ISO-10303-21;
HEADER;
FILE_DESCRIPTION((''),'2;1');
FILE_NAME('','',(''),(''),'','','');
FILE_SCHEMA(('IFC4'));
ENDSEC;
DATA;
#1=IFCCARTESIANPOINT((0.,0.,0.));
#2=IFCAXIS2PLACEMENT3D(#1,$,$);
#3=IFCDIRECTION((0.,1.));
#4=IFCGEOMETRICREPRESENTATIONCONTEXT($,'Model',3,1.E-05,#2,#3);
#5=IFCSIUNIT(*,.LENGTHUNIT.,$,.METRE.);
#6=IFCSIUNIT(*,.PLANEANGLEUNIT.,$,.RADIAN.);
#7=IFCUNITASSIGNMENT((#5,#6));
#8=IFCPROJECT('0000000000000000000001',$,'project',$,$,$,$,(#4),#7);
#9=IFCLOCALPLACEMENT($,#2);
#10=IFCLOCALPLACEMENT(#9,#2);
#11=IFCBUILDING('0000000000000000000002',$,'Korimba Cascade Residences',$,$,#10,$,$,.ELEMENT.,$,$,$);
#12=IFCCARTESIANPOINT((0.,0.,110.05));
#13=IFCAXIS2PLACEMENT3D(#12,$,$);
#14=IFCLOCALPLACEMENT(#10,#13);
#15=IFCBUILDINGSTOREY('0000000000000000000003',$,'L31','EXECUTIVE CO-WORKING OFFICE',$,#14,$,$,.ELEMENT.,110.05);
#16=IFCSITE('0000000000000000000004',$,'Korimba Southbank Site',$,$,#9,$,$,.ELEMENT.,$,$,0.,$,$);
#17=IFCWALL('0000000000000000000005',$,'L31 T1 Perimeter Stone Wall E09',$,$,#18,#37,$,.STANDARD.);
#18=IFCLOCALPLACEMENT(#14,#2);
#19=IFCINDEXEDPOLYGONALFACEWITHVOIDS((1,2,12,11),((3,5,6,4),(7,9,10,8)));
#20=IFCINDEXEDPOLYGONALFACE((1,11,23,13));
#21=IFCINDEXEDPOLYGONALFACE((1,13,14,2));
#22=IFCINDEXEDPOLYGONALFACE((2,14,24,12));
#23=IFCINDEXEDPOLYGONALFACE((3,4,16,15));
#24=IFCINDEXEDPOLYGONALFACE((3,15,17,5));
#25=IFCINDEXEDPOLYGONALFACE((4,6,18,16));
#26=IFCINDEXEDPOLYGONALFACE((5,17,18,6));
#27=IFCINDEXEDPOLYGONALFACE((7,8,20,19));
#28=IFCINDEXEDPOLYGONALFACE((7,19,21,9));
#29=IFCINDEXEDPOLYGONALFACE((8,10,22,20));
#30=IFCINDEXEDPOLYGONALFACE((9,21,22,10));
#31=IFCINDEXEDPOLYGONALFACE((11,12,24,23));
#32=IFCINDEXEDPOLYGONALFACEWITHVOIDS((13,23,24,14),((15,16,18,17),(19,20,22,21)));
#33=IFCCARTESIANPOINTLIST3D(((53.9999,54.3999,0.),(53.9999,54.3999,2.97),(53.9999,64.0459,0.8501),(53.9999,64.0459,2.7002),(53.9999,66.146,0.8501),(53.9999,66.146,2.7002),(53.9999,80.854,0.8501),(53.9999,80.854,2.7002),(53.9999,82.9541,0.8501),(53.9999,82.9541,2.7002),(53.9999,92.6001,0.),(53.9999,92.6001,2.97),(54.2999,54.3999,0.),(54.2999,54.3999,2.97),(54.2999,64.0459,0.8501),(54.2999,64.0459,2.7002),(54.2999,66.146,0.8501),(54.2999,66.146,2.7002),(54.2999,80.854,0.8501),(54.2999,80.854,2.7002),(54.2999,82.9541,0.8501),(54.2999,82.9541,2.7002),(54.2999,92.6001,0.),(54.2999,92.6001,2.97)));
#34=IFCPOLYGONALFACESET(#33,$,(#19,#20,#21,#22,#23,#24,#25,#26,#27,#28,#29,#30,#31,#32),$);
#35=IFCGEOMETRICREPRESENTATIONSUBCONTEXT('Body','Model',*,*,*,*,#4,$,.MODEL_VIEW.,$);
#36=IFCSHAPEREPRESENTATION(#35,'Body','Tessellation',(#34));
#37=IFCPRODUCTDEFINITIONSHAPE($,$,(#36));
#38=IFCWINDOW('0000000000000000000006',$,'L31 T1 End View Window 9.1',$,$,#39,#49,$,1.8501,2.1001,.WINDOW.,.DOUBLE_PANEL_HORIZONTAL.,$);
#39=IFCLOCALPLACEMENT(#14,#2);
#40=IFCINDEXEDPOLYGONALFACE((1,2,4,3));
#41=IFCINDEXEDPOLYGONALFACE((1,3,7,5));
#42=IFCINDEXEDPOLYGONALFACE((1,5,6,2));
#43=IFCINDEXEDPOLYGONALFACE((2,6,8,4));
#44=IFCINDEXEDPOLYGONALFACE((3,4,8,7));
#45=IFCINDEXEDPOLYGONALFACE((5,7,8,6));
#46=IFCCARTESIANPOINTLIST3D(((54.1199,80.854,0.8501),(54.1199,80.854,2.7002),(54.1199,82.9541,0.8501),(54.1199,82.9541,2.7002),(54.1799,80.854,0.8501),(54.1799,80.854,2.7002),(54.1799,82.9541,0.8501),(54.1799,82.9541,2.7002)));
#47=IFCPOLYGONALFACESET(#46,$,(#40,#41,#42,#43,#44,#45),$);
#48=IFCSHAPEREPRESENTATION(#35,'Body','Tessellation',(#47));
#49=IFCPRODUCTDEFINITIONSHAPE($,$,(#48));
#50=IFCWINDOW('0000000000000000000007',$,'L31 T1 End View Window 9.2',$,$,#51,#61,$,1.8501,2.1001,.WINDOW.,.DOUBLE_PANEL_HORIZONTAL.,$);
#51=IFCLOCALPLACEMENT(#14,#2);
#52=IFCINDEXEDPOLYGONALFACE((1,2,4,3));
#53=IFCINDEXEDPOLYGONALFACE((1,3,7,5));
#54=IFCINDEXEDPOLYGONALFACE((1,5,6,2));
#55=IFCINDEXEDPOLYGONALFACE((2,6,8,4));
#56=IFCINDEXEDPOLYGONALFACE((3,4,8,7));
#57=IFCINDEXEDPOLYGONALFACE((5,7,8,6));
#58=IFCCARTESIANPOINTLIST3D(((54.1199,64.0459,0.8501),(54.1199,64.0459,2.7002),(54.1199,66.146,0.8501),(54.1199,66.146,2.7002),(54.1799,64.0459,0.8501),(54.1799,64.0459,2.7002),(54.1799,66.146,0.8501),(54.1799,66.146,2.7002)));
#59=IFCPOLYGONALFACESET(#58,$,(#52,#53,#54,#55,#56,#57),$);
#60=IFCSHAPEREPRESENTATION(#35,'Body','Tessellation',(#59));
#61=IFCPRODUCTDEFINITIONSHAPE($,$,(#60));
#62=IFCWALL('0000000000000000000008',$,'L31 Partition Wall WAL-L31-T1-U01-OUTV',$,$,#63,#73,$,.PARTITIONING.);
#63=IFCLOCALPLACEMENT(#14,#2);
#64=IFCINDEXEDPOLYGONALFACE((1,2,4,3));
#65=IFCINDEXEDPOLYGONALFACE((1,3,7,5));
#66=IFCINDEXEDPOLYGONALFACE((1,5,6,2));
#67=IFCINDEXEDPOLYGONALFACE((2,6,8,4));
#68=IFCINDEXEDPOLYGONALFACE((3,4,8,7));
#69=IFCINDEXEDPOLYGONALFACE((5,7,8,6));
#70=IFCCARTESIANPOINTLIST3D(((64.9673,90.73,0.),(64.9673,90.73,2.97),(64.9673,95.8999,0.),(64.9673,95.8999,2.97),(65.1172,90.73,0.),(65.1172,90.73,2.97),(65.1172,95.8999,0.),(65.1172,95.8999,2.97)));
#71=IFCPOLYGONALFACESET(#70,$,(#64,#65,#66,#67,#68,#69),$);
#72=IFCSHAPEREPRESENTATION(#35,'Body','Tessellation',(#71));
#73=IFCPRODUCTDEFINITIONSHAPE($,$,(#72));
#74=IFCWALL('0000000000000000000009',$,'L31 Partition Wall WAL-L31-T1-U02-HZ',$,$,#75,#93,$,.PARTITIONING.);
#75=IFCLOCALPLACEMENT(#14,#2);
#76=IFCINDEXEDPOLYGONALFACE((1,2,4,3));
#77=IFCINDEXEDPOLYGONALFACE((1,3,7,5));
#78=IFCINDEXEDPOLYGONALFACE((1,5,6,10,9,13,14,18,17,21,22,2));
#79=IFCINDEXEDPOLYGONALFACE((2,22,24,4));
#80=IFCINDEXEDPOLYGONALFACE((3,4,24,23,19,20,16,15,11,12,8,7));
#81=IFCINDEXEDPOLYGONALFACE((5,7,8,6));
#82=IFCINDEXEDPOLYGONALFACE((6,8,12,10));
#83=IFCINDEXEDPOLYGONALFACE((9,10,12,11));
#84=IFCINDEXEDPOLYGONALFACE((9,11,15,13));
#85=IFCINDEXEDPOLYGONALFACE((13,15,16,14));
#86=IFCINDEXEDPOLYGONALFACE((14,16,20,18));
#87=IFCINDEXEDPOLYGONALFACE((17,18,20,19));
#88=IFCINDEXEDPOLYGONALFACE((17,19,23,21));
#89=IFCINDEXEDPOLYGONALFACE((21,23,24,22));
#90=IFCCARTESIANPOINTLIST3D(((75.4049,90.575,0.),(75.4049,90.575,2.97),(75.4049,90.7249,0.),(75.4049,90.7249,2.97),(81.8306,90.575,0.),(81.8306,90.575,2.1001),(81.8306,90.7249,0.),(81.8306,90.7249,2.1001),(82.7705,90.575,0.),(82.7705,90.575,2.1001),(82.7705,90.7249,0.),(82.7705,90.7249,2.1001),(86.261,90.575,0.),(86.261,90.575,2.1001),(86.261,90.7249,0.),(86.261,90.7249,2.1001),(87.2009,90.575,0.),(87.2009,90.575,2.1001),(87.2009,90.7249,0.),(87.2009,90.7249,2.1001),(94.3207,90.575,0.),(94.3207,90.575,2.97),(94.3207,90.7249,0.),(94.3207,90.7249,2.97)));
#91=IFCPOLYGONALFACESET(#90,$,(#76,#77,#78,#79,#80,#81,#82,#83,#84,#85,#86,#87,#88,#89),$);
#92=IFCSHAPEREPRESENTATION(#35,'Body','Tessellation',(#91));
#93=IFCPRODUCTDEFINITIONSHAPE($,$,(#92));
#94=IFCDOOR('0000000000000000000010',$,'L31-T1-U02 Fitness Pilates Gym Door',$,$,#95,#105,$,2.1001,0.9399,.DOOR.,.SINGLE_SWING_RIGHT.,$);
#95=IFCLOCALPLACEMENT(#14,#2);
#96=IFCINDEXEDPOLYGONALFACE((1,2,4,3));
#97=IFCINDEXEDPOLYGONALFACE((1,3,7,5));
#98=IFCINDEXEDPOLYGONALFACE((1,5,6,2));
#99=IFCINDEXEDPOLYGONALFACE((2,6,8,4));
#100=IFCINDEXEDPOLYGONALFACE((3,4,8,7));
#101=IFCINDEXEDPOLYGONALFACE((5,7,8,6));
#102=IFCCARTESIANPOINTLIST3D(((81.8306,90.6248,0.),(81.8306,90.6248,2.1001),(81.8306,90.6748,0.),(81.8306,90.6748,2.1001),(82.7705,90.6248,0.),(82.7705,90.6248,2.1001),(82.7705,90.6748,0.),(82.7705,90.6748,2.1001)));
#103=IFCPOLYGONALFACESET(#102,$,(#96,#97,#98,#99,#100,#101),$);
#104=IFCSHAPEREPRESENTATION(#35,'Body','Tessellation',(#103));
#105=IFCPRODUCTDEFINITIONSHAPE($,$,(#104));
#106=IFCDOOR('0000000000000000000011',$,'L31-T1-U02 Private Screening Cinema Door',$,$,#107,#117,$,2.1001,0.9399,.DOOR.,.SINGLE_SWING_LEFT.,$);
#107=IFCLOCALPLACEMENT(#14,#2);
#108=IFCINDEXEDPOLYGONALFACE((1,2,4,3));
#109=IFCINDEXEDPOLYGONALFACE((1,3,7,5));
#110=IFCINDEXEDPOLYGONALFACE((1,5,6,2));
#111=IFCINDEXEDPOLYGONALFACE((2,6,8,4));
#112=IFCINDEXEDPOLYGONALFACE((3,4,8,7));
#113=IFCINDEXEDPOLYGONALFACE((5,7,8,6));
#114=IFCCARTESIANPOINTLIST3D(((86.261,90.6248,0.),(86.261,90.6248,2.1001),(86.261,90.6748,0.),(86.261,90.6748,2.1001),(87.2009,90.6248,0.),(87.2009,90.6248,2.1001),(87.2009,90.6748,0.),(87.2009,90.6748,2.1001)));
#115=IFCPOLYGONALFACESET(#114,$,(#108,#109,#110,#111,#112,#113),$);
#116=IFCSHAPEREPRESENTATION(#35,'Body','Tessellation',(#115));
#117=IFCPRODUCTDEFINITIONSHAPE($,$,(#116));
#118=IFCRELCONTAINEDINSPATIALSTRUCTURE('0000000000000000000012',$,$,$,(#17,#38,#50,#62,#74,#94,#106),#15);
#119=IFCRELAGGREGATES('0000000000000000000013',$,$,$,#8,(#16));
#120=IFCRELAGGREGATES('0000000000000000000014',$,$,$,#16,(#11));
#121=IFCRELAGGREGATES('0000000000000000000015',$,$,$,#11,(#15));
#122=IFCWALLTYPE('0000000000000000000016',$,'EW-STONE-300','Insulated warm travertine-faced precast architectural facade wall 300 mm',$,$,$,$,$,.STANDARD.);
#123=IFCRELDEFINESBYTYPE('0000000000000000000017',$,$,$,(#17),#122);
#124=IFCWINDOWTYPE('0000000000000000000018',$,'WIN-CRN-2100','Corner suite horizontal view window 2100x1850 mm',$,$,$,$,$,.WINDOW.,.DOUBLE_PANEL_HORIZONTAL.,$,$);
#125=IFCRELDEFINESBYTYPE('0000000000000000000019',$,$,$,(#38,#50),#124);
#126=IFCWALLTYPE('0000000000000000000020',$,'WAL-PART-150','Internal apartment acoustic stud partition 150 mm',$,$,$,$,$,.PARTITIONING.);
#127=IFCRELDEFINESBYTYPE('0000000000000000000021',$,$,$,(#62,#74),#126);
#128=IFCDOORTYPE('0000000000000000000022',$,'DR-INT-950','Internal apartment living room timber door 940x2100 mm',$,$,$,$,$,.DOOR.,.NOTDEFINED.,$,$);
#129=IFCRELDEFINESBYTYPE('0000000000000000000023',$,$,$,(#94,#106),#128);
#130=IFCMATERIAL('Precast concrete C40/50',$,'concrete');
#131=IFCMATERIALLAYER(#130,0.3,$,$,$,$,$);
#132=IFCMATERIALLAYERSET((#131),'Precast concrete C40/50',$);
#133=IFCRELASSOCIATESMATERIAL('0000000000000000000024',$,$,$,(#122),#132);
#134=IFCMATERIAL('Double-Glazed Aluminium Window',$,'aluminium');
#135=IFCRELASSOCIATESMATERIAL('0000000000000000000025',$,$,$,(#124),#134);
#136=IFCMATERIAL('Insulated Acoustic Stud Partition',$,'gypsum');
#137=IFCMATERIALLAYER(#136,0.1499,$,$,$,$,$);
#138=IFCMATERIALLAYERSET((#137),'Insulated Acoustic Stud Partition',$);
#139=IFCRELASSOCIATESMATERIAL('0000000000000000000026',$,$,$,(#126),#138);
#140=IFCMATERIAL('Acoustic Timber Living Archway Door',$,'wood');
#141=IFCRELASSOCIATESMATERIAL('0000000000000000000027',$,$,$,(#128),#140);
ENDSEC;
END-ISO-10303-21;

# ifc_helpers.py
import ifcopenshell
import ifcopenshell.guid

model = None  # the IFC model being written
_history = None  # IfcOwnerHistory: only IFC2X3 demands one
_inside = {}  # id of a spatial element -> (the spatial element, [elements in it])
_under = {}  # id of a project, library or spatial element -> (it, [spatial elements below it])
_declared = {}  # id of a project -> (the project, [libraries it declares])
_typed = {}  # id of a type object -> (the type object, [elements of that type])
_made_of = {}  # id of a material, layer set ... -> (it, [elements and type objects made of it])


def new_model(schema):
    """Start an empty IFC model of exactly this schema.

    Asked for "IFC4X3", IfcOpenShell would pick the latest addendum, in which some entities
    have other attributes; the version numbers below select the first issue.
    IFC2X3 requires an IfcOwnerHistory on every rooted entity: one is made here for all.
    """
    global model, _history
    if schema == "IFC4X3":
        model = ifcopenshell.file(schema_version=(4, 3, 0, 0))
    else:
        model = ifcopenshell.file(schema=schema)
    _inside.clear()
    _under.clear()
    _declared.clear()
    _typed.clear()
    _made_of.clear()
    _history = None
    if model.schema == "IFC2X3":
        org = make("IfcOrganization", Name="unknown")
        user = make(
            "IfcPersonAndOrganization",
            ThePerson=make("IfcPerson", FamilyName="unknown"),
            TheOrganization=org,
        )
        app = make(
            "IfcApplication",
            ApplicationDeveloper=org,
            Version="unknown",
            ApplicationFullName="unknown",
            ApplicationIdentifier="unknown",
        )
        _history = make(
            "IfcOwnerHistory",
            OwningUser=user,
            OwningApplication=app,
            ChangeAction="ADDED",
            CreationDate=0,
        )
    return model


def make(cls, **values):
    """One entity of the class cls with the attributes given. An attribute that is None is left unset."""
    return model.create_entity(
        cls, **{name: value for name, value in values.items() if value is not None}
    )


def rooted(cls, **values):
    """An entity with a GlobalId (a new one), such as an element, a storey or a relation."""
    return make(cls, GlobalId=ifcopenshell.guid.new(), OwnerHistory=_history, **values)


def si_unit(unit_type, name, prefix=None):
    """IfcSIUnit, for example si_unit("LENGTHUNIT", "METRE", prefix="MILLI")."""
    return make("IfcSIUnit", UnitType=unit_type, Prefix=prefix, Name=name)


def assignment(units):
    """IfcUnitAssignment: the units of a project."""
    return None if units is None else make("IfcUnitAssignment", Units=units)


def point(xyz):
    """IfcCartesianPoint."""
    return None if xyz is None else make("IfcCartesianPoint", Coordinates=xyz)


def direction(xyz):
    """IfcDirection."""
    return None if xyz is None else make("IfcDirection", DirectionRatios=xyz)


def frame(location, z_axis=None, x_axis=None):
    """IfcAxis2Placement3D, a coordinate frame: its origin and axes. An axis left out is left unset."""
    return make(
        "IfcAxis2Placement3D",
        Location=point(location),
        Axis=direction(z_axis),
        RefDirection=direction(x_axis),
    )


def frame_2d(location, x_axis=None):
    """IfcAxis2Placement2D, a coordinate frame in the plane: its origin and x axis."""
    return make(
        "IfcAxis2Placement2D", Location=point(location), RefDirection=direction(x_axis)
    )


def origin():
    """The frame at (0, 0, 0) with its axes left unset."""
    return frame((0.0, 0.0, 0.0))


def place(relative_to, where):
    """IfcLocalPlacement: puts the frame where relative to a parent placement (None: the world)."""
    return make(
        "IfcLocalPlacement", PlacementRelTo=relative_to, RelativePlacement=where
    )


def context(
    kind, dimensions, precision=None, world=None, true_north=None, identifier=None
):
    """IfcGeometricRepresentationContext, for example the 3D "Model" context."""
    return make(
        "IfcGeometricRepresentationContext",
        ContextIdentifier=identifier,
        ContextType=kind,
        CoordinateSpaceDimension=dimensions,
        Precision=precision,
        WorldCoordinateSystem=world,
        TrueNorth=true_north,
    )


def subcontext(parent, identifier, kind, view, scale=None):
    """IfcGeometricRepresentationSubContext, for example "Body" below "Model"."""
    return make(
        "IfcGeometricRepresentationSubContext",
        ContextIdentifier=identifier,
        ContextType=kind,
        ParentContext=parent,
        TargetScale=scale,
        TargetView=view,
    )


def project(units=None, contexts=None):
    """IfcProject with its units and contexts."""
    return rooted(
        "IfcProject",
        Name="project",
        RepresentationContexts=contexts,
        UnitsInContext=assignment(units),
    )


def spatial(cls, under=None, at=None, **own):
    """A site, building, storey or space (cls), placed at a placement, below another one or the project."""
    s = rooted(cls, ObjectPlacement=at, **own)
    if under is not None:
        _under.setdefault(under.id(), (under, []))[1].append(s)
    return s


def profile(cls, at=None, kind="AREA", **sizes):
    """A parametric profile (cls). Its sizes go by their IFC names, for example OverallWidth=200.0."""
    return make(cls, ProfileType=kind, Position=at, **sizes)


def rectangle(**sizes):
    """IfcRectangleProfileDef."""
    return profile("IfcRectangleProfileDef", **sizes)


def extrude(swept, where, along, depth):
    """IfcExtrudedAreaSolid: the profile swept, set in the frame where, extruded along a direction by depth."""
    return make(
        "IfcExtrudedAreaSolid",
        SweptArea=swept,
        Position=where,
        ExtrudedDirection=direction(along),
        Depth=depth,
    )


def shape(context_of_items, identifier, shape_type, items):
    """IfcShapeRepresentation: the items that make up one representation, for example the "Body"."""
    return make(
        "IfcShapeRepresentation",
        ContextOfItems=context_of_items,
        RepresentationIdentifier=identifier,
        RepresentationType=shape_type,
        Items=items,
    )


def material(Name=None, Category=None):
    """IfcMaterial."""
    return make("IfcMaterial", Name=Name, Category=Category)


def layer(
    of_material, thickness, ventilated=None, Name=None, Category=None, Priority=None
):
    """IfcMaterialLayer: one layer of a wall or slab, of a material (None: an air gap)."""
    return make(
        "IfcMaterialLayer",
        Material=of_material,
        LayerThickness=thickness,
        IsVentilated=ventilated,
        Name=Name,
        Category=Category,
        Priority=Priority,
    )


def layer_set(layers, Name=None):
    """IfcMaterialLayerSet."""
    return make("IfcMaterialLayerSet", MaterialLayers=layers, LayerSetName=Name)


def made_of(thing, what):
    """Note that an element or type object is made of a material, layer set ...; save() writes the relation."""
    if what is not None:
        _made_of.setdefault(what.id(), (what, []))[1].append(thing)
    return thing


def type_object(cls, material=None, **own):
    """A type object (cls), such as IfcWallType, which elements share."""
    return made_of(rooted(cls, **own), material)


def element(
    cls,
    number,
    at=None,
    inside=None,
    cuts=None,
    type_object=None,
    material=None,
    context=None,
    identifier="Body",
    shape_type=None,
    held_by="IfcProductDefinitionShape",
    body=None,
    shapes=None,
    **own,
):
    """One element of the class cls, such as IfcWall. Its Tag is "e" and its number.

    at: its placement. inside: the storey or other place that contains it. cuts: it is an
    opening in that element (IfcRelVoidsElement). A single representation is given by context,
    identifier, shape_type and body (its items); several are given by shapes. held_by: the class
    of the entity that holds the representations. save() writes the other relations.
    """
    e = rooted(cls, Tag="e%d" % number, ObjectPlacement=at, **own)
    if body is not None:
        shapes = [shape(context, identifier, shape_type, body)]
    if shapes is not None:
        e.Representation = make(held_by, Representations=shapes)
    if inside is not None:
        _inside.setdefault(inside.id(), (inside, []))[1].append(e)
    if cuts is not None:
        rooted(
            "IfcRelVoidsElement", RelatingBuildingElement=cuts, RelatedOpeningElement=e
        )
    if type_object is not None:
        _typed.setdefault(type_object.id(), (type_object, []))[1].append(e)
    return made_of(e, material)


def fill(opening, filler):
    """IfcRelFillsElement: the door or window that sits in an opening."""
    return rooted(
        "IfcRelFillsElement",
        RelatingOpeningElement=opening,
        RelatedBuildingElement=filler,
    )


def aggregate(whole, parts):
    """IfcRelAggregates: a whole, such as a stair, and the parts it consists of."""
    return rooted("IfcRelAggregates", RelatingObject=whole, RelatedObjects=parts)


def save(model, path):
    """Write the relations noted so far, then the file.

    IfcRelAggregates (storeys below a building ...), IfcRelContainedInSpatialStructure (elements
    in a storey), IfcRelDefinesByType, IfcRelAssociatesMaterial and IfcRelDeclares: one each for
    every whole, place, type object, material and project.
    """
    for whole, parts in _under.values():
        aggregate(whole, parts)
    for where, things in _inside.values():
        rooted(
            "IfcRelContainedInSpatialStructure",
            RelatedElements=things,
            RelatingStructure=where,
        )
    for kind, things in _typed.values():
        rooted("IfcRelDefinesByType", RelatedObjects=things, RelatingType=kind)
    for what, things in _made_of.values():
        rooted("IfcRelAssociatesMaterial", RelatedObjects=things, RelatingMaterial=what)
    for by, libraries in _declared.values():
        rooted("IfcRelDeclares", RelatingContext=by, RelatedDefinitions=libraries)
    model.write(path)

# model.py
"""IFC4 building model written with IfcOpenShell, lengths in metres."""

from ifc_helpers import new_model, si_unit, direction, frame, frame_2d, origin, place, context, subcontext, project, spatial, rectangle, extrude, material, layer, layer_set, type_object, element, fill, save


model = new_model("IFC4")

# Units and contexts
model_context = context("Model", 3, precision=1e-05, world=origin(), true_north=direction((0.0, 1.0)))
body_context = subcontext(model_context, "Body", "Model", "MODEL_VIEW")
ifc_project = project(units=[si_unit("LENGTHUNIT", "METRE"), si_unit("PLANEANGLEUNIT", "RADIAN")], contexts=[model_context])

# Site, building, storey
site_placement = place(None, origin())
site = spatial("IfcSite", under=ifc_project, at=site_placement, Name="Korimba Southbank Site", CompositionType="ELEMENT", RefElevation=0.0)
building_placement = place(site_placement, origin())
building = spatial("IfcBuilding", under=site, at=building_placement, Name="Korimba Cascade Residences", CompositionType="ELEMENT")
storey_placement = place(building_placement, frame((0.0, 0.0, 110.05)))
storey = spatial("IfcBuildingStorey", under=building, at=storey_placement, Name="L31", Description="EXECUTIVE CO-WORKING OFFICE", CompositionType="ELEMENT", Elevation=110.05)

# Shared definitions
ifc_material_1 = material(Name="Precast concrete C40/50", Category="concrete")
ifc_layer_1 = layer(ifc_material_1, 0.3)
ifc_layer_set_1 = layer_set([ifc_layer_1], Name="Precast concrete C40/50")
wall_type_1 = type_object("IfcWallType", Name="EW-STONE-300", Description="Insulated warm travertine-faced precast architectural facade wall 300 mm", PredefinedType="STANDARD", material=ifc_layer_set_1)

# Wall, openings, windows
wall_1_placement = place(storey_placement, frame((54.1499, 92.6001, 0.0), z_axis=(0.0, 0.0, 1.0), x_axis=(0.0, -1.0, 0.0)))
wall_1 = element("IfcWall", 1, at=wall_1_placement, inside=storey, type_object=wall_type_1, Name="L31 T1 Perimeter Stone Wall E09", PredefinedType="STANDARD", context=body_context, shape_type="SweptSolid", body=[
    extrude(rectangle(XDim=38.2002, YDim=0.3, at=frame_2d((19.1001, 0.0))), origin(), (0.0, 0.0, 1.0), 2.97),
])
opening_1_placement = place(wall_1_placement, frame((9.646, 0.0, 0.8501)))
opening_1 = element("IfcOpeningElement", 2, at=opening_1_placement, cuts=wall_1, PredefinedType="OPENING", context=body_context, shape_type="SweptSolid", body=[
    extrude(rectangle(XDim=2.1001, YDim=1.8501, at=frame_2d((1.05, 0.925))), frame((0.0, 0.1602, 0.0), z_axis=(0.0, -1.0, 0.0), x_axis=(1.0, 0.0, 0.0)), (0.0, 0.0, 1.0), 0.3201),
])
opening_2_placement = place(wall_1_placement, frame((26.4541, 0.0, 0.8501)))
opening_2 = element("IfcOpeningElement", 3, at=opening_2_placement, cuts=wall_1, PredefinedType="OPENING", context=body_context, shape_type="SweptSolid", body=[
    extrude(rectangle(XDim=2.1001, YDim=1.8501, at=frame_2d((1.05, 0.925))), frame((0.0, 0.1602, 0.0), z_axis=(0.0, -1.0, 0.0), x_axis=(1.0, 0.0, 0.0)), (0.0, 0.0, 1.0), 0.3201),
])
ifc_material_2 = material(Name="Double-Glazed Aluminium Window", Category="aluminium")
window_type = type_object("IfcWindowType", Name="WIN-CRN-2100", Description="Corner suite horizontal view window 2100x1850 mm", PartitioningType="DOUBLE_PANEL_HORIZONTAL", PredefinedType="WINDOW", material=ifc_material_2)
window_1_placement = place(opening_1_placement, origin())
window_1 = element("IfcWindow", 4, at=window_1_placement, inside=storey, type_object=window_type, Name="L31 T1 End View Window 9.1", OverallHeight=1.8501, OverallWidth=2.1001, PartitioningType="DOUBLE_PANEL_HORIZONTAL", PredefinedType="WINDOW", context=body_context, shape_type="SweptSolid", body=[
    extrude(rectangle(XDim=2.1001, YDim=1.8501, at=frame_2d((1.05, 0.925))), frame((0.0, 0.03, 0.0), z_axis=(0.0, -1.0, 0.0), x_axis=(1.0, 0.0, 0.0)), (0.0, 0.0, 1.0), 0.0601),
])
fill(opening_1, window_1)
window_2_placement = place(opening_2_placement, origin())
window_2 = element("IfcWindow", 5, at=window_2_placement, inside=storey, type_object=window_type, Name="L31 T1 End View Window 9.2", OverallHeight=1.8501, OverallWidth=2.1001, PartitioningType="DOUBLE_PANEL_HORIZONTAL", PredefinedType="WINDOW", context=body_context, shape_type="SweptSolid", body=[
    extrude(rectangle(XDim=2.1001, YDim=1.8501, at=frame_2d((1.05, 0.925))), frame((0.0, 0.03, 0.0), z_axis=(0.0, -1.0, 0.0), x_axis=(1.0, 0.0, 0.0)), (0.0, 0.0, 1.0), 0.0601),
])
fill(opening_2, window_2)

# Wall
ifc_material_3 = material(Name="Insulated Acoustic Stud Partition", Category="gypsum")
ifc_layer_2 = layer(ifc_material_3, 0.1499)
ifc_layer_set_2 = layer_set([ifc_layer_2], Name="Insulated Acoustic Stud Partition")
wall_type_2 = type_object("IfcWallType", Name="WAL-PART-150", Description="Internal apartment acoustic stud partition 150 mm", PredefinedType="PARTITIONING", material=ifc_layer_set_2)
wall_2_placement = place(storey_placement, frame((65.0422, 90.73, 0.0), z_axis=(0.0, 0.0, 1.0), x_axis=(0.0, 1.0, 0.0)))
element("IfcWall", 6, at=wall_2_placement, inside=storey, type_object=wall_type_2, Name="L31 Partition Wall WAL-L31-T1-U01-OUTV", PredefinedType="PARTITIONING", context=body_context, shape_type="SweptSolid", body=[
    extrude(rectangle(XDim=5.1699, YDim=0.1499, at=frame_2d((2.585, 0.0))), origin(), (0.0, 0.0, 1.0), 2.97),
])

# Wall, openings, doors
wall_3_placement = place(storey_placement, frame((75.4048, 90.6499, 0.0), z_axis=(0.0, 0.0, 1.0), x_axis=(1.0, 0.0, 0.0)))
wall_3 = element("IfcWall", 7, at=wall_3_placement, inside=storey, type_object=wall_type_2, Name="L31 Partition Wall WAL-L31-T1-U02-HZ", PredefinedType="PARTITIONING", context=body_context, shape_type="SweptSolid", body=[
    extrude(rectangle(XDim=18.9158, YDim=0.1499, at=frame_2d((9.458, 0.0))), origin(), (0.0, 0.0, 1.0), 2.97),
])
opening_3_placement = place(wall_3_placement, frame((6.4258, 0.0, 0.0)))
opening_3 = element("IfcOpeningElement", 8, at=opening_3_placement, cuts=wall_3, PredefinedType="OPENING", context=body_context, shape_type="SweptSolid", body=[
    extrude(rectangle(XDim=0.9399, YDim=2.1001, at=frame_2d((0.47, 1.05))), frame((0.0, 0.085, 0.0), z_axis=(0.0, -1.0, 0.0), x_axis=(1.0, 0.0, 0.0)), (0.0, 0.0, 1.0), 0.1699),
])
opening_4_placement = place(wall_3_placement, frame((10.8562, 0.0, 0.0)))
opening_4 = element("IfcOpeningElement", 9, at=opening_4_placement, cuts=wall_3, PredefinedType="OPENING", context=body_context, shape_type="SweptSolid", body=[
    extrude(rectangle(XDim=0.9399, YDim=2.1001, at=frame_2d((0.47, 1.05))), frame((0.0, 0.085, 0.0), z_axis=(0.0, -1.0, 0.0), x_axis=(1.0, 0.0, 0.0)), (0.0, 0.0, 1.0), 0.1699),
])
ifc_material_4 = material(Name="Acoustic Timber Living Archway Door", Category="wood")
door_type = type_object("IfcDoorType", Name="DR-INT-950", Description="Internal apartment living room timber door 940x2100 mm", OperationType="NOTDEFINED", PredefinedType="DOOR", material=ifc_material_4)
door_1_placement = place(opening_3_placement, origin())
door_1 = element("IfcDoor", 10, at=door_1_placement, inside=storey, type_object=door_type, Name="L31-T1-U02 Fitness Pilates Gym Door", OperationType="SINGLE_SWING_RIGHT", OverallHeight=2.1001, OverallWidth=0.9399, PredefinedType="DOOR", context=body_context, shape_type="SweptSolid", body=[
    extrude(rectangle(XDim=0.9399, YDim=2.1001, at=frame_2d((0.47, 1.05))), frame((0.0, 0.0249, 0.0), z_axis=(0.0, -1.0, 0.0), x_axis=(1.0, 0.0, 0.0)), (0.0, 0.0, 1.0), 0.05),
])
fill(opening_3, door_1)
door_2_placement = place(opening_4_placement, origin())
door_2 = element("IfcDoor", 11, at=door_2_placement, inside=storey, type_object=door_type, Name="L31-T1-U02 Private Screening Cinema Door", OperationType="SINGLE_SWING_LEFT", OverallHeight=2.1001, OverallWidth=0.9399, PredefinedType="DOOR", context=body_context, shape_type="SweptSolid", body=[
    extrude(rectangle(XDim=0.9399, YDim=2.1001, at=frame_2d((0.47, 1.05))), frame((0.0, 0.0249, 0.0), z_axis=(0.0, -1.0, 0.0), x_axis=(1.0, 0.0, 0.0)), (0.0, 0.0, 1.0), 0.05),
])
fill(opening_4, door_2)

save(model, "model.ifc")
